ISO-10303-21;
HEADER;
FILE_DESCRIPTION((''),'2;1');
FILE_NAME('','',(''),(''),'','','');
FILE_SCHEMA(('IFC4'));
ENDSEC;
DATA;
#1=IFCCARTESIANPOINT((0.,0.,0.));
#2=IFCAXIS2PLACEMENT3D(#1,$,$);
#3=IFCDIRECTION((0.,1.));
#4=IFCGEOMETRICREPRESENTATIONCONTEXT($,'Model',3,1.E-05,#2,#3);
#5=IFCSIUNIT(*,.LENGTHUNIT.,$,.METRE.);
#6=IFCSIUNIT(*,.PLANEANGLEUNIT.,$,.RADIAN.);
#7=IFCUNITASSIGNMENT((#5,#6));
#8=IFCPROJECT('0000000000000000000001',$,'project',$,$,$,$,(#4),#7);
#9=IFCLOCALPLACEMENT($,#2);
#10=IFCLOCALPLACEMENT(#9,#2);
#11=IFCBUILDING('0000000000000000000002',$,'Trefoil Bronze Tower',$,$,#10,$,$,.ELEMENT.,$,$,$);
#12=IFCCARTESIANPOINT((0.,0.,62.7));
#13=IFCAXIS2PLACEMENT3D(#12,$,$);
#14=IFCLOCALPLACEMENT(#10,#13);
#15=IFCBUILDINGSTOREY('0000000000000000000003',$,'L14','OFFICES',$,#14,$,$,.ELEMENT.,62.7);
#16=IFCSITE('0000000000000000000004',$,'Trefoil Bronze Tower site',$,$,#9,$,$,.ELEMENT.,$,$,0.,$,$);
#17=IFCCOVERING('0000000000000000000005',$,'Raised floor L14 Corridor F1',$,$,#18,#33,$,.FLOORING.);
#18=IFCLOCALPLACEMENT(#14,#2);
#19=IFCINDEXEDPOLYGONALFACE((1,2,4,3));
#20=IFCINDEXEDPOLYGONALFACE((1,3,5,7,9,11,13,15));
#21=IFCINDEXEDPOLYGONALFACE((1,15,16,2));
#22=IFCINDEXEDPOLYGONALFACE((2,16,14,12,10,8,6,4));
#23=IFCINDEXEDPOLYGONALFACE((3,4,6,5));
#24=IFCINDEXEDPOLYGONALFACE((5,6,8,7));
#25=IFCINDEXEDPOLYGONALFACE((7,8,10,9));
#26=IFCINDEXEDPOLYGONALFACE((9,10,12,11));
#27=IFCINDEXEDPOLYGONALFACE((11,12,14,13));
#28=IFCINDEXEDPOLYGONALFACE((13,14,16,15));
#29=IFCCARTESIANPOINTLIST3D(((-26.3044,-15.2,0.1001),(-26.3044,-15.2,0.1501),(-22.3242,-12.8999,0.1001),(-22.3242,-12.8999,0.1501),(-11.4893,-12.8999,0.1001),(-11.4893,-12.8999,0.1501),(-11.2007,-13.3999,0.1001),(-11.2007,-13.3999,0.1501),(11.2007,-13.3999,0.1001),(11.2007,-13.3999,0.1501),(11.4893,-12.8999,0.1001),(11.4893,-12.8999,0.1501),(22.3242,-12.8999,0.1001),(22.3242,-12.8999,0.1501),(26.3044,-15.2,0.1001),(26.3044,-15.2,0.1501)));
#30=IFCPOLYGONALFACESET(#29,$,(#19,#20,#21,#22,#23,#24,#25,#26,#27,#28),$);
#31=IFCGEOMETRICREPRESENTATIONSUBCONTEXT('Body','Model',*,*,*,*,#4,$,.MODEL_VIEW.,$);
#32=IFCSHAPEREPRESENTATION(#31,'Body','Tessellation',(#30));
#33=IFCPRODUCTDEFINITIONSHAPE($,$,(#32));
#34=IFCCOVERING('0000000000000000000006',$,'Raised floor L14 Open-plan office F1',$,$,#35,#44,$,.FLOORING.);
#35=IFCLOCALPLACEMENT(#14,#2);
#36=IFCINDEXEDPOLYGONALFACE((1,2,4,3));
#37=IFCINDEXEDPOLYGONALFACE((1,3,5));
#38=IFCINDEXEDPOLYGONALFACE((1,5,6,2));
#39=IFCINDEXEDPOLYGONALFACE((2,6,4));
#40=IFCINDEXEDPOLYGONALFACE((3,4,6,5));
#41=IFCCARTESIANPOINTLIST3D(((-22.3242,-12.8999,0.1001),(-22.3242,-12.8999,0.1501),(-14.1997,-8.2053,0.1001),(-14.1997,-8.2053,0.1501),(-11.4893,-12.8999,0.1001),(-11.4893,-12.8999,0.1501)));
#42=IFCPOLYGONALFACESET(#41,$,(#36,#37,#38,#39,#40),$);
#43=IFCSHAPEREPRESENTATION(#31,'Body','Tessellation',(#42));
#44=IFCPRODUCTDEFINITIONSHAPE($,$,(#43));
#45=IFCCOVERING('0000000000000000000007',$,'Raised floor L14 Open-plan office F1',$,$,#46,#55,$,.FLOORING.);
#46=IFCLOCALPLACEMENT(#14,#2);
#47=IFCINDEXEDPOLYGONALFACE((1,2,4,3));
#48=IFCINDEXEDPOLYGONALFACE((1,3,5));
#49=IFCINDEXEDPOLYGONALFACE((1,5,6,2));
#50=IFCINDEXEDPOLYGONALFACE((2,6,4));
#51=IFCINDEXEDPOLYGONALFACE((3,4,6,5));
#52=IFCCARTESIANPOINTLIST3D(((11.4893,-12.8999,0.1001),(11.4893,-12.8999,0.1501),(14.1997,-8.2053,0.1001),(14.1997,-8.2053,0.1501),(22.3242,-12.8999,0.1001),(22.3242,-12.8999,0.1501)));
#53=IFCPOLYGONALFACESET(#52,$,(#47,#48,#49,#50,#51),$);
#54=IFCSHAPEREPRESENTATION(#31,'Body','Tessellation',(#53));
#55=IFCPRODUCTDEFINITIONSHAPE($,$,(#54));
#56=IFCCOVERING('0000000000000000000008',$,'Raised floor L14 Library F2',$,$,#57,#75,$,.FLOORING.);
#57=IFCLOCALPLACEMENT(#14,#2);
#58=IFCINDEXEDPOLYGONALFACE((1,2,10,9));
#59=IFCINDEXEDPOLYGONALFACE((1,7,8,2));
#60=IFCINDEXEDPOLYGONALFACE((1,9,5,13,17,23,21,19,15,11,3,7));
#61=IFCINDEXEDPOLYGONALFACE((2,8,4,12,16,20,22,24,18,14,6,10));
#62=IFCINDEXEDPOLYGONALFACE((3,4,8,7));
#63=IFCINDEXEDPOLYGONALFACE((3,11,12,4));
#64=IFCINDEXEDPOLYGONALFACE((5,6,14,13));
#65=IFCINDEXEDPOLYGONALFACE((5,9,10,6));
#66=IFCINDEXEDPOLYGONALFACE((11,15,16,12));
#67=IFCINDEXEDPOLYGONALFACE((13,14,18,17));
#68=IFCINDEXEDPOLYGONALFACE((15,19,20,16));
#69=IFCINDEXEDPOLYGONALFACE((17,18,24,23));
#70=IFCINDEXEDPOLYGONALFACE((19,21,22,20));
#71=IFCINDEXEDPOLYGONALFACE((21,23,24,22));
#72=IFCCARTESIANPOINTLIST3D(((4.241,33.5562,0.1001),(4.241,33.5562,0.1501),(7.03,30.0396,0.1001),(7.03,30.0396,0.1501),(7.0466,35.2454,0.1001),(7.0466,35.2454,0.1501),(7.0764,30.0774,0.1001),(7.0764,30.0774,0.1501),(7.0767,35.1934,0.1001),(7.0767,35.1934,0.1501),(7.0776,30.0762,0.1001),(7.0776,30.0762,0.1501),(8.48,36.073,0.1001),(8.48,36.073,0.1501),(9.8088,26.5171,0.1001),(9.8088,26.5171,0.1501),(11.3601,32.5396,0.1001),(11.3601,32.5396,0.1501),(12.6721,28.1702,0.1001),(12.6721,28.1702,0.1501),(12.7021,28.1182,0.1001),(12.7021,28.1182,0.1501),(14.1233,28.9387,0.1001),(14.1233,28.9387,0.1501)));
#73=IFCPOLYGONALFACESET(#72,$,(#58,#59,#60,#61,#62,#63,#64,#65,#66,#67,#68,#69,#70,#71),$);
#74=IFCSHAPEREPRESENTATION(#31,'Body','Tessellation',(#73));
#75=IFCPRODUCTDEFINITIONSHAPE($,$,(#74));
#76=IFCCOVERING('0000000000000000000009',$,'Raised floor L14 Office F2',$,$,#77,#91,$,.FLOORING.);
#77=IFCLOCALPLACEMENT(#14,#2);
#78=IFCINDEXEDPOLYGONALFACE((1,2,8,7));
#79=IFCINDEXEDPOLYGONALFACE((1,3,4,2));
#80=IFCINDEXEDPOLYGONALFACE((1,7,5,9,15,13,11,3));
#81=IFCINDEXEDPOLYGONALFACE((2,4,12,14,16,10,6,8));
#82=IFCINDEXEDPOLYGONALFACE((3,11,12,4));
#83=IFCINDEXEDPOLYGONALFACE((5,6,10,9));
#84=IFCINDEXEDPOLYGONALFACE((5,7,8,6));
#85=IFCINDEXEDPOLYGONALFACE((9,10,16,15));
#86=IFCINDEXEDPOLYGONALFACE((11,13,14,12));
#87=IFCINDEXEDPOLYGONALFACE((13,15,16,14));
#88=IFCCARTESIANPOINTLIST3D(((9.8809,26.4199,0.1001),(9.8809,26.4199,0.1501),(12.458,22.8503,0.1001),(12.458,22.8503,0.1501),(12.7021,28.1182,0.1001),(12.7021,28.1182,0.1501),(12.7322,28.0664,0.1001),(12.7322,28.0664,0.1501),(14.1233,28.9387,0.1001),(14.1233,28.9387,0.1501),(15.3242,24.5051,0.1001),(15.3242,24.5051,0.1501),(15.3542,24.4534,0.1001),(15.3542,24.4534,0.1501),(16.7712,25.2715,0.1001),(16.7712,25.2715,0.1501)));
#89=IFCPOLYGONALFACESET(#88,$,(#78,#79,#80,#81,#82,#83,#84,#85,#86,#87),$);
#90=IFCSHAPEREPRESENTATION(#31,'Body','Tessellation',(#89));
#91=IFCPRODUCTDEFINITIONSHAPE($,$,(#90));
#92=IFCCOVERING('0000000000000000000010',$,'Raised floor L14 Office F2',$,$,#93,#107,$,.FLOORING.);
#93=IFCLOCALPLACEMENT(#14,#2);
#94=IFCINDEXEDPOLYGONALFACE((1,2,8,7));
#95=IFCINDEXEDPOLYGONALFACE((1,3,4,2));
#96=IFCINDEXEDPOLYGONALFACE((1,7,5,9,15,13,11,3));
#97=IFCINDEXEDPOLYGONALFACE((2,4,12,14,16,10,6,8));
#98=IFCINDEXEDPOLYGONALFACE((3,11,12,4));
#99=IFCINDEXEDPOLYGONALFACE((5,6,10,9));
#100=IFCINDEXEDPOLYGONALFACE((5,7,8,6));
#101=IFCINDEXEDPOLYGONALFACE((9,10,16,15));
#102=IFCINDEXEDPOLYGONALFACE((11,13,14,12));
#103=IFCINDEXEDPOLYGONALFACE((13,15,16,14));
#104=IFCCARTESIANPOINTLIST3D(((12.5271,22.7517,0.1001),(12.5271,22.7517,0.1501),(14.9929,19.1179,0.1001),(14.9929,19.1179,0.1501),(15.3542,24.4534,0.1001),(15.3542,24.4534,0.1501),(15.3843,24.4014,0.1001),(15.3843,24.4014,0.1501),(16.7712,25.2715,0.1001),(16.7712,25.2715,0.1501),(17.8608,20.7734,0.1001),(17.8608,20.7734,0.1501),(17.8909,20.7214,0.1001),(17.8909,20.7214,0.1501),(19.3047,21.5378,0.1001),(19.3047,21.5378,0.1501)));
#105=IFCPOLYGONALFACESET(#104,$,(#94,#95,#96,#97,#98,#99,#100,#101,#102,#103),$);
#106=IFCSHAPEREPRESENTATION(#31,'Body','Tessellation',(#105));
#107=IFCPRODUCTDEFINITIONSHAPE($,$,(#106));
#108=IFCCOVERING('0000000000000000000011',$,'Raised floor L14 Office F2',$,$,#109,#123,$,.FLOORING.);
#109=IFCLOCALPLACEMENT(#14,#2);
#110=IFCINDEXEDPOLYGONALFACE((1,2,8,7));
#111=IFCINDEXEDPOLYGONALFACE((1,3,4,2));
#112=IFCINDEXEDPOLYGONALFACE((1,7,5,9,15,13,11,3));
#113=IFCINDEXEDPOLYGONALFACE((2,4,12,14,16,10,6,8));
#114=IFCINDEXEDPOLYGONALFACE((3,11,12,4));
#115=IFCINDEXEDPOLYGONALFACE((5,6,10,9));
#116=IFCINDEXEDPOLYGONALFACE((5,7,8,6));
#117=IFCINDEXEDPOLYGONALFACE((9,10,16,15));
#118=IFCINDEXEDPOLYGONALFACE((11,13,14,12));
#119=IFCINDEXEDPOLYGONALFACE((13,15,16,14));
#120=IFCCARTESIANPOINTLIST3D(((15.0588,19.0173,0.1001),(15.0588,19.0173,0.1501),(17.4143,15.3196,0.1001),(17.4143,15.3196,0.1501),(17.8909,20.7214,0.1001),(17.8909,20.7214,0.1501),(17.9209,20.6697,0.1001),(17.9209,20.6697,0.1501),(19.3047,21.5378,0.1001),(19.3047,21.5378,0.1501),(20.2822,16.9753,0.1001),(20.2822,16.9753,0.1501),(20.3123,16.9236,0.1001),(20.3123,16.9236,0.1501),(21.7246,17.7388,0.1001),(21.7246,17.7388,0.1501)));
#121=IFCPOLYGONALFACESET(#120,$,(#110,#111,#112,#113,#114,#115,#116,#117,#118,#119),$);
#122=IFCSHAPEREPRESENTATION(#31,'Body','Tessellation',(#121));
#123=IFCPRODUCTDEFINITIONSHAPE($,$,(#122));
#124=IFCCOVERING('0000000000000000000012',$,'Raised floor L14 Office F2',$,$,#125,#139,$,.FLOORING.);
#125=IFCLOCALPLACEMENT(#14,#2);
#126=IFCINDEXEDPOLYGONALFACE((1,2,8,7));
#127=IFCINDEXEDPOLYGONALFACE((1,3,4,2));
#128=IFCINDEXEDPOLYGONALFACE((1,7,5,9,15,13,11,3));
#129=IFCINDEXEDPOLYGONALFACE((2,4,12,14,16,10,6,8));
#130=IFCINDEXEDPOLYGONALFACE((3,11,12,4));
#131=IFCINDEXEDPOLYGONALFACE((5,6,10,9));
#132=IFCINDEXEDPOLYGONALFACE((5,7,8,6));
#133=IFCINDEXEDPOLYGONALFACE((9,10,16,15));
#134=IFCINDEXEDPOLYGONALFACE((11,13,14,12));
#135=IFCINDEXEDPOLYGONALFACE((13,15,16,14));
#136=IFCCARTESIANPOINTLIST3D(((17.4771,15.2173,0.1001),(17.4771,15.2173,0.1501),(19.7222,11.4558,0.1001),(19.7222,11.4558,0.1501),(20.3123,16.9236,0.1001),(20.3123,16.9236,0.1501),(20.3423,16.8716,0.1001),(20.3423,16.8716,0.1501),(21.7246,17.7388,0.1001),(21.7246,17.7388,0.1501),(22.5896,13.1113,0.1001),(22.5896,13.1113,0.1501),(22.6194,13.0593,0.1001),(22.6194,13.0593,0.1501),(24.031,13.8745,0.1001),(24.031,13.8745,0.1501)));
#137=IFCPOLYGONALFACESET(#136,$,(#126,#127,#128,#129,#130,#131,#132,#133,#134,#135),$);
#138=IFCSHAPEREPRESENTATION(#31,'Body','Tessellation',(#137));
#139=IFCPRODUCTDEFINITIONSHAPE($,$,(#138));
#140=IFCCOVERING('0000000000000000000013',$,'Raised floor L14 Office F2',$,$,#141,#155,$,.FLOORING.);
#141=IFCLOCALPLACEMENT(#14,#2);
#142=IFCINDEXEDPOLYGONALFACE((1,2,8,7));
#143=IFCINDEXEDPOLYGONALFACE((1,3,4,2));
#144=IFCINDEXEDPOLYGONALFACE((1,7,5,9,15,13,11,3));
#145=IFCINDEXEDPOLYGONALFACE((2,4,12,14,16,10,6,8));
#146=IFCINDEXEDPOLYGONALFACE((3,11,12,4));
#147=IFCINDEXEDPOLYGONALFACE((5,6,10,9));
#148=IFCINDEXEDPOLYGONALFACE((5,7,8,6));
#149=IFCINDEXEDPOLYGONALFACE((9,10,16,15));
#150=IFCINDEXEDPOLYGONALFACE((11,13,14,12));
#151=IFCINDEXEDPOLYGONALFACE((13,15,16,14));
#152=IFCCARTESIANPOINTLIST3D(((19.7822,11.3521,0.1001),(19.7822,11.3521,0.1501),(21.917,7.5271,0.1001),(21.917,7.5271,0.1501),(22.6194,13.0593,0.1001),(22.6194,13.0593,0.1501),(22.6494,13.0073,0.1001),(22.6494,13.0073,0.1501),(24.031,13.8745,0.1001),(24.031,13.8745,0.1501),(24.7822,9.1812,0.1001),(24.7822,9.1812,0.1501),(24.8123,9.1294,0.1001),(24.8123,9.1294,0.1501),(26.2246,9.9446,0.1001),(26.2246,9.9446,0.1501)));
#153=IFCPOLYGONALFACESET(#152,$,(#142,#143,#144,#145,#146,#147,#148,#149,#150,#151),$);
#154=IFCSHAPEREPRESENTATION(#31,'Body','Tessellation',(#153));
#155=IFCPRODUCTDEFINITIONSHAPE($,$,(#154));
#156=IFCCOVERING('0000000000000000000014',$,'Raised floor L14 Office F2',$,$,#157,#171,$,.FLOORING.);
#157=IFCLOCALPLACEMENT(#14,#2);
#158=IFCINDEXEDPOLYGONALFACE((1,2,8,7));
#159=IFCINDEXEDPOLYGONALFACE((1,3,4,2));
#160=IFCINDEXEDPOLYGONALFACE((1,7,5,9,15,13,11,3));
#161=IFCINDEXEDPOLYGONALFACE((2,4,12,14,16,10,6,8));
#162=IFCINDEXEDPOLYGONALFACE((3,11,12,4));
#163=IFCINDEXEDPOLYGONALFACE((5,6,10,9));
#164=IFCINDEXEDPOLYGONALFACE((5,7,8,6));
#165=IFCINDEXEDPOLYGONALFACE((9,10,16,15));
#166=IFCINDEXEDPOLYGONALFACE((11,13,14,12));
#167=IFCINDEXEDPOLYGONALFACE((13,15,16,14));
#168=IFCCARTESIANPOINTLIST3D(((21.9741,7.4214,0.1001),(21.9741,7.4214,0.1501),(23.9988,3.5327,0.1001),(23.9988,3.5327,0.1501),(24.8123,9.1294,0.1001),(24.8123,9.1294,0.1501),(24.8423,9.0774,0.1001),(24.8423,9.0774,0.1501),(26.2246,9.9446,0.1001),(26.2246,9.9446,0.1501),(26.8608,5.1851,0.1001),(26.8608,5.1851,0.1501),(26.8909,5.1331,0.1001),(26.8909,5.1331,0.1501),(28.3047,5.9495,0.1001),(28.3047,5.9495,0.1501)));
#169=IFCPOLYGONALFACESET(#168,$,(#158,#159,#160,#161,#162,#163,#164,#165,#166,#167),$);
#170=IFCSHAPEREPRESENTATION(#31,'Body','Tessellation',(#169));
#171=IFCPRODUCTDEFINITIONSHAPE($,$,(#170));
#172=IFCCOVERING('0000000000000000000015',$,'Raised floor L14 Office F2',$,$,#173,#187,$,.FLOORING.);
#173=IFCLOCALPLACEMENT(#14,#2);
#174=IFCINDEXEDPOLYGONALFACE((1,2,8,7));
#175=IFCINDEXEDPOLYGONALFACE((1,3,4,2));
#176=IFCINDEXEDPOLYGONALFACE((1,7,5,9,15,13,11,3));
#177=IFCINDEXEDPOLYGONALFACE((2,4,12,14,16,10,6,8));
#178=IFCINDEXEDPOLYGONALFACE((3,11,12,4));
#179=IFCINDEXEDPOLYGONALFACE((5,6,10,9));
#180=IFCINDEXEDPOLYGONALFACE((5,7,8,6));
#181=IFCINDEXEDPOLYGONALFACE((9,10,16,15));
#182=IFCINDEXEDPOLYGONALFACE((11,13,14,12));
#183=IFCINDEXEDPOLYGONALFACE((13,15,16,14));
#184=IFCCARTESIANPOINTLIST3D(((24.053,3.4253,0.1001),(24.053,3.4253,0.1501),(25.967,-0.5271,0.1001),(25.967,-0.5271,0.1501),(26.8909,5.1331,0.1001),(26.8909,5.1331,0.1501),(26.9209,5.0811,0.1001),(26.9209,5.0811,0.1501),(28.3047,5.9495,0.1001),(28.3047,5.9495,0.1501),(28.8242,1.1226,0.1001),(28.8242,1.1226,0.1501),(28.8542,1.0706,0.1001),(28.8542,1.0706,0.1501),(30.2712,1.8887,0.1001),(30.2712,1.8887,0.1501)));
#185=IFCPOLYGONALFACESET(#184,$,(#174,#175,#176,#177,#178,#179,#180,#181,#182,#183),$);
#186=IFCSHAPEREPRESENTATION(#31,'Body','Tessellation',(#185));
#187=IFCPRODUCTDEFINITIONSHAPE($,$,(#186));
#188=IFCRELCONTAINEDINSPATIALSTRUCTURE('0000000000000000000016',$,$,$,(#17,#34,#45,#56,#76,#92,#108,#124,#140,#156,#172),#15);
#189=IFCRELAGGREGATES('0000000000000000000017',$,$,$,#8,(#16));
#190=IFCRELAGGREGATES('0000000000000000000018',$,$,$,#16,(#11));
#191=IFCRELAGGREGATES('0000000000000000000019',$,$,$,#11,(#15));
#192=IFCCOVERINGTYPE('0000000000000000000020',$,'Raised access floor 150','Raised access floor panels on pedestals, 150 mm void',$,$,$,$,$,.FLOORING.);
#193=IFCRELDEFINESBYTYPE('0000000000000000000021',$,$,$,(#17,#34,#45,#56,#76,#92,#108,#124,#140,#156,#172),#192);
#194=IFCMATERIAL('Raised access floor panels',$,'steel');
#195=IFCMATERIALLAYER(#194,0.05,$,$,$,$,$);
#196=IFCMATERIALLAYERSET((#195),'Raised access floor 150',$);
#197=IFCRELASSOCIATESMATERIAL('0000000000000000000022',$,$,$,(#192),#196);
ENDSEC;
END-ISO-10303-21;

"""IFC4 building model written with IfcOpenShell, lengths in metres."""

from ifc_helpers import new_model, si_unit, direction, frame, origin, place, context, subcontext, project, spatial, polyline, outline, extrude, material, layer, layer_set, type_object, element, save


model = new_model("IFC4")

# Units and contexts
model_context = context("Model", 3, precision=1e-05, world=origin(), true_north=direction((0.0, 1.0)))
body_context = subcontext(model_context, "Body", "Model", "MODEL_VIEW")
ifc_project = project(units=[si_unit("LENGTHUNIT", "METRE"), si_unit("PLANEANGLEUNIT", "RADIAN")], contexts=[model_context])

# Site, building, storey
site_placement = place(None, origin())
site = spatial("IfcSite", under=ifc_project, at=site_placement, Name="Trefoil Bronze Tower site", CompositionType="ELEMENT", RefElevation=0.0)
building_placement = place(site_placement, origin())
building = spatial("IfcBuilding", under=site, at=building_placement, Name="Trefoil Bronze Tower", CompositionType="ELEMENT")
storey_placement = place(building_placement, frame((0.0, 0.0, 62.7)))
storey = spatial("IfcBuildingStorey", under=building, at=storey_placement, Name="L14", Description="OFFICES", CompositionType="ELEMENT", Elevation=62.7)

# Coverings
ifc_material_1 = material(Name="Raised access floor panels", Category="steel")
ifc_layer_1 = layer(ifc_material_1, 0.05)
ifc_layer_set_1 = layer_set([ifc_layer_1], Name="Raised access floor 150")
covering_type_1 = type_object("IfcCoveringType", Name="Raised access floor 150", Description="Raised access floor panels on pedestals, 150 mm void", PredefinedType="FLOORING", material=ifc_layer_set_1)
covering_1_placement = place(storey_placement, frame((0.0, 0.0, 0.1001)))
element("IfcCovering", 1, at=covering_1_placement, inside=storey, type_object=covering_type_1, Name="Raised floor L14 Corridor F1", PredefinedType="FLOORING", context=body_context, shape_type="SweptSolid", body=[
    extrude(outline(polyline([(-26.3044, -15.2), (-22.3242, -12.8999), (-11.4893, -12.8999), (-11.2007, -13.3999), (11.2007, -13.3999), (11.4893, -12.8999), (22.3242, -12.8999), (26.3044, -15.2), (-26.3044, -15.2)])), origin(), (0.0, 0.0, 1.0), 0.05),
])
covering_2_placement = place(storey_placement, frame((0.0, 0.0, 0.1001)))
element("IfcCovering", 2, at=covering_2_placement, inside=storey, type_object=covering_type_1, Name="Raised floor L14 Open-plan office F1", PredefinedType="FLOORING", context=body_context, shape_type="SweptSolid", body=[
    extrude(outline(polyline([(-22.3242, -12.8999), (-14.1997, -8.2053), (-11.4893, -12.8999), (-22.3242, -12.8999)])), origin(), (0.0, 0.0, 1.0), 0.05),
])
covering_3_placement = place(storey_placement, frame((0.0, 0.0, 0.1001)))
element("IfcCovering", 3, at=covering_3_placement, inside=storey, type_object=covering_type_1, Name="Raised floor L14 Open-plan office F1", PredefinedType="FLOORING", context=body_context, shape_type="SweptSolid", body=[
    extrude(outline(polyline([(14.1997, -8.2053), (22.3242, -12.8999), (11.4893, -12.8999), (14.1997, -8.2053)])), origin(), (0.0, 0.0, 1.0), 0.05),
])
covering_4_placement = place(storey_placement, frame((0.0, 0.0, 0.1001)))
element("IfcCovering", 4, at=covering_4_placement, inside=storey, type_object=covering_type_1, Name="Raised floor L14 Library F2", PredefinedType="FLOORING", context=body_context, shape_type="SweptSolid", body=[
    extrude(outline(polyline([(11.3601, 32.5396), (14.1233, 28.9387), (12.7021, 28.1182), (12.6721, 28.1702), (9.8088, 26.5171), (7.0776, 30.0762), (7.03, 30.0396), (7.0764, 30.0774), (4.241, 33.5562), (7.0767, 35.1934), (7.0466, 35.2454), (8.48, 36.073), (11.3601, 32.5396)])), origin(), (0.0, 0.0, 1.0), 0.05),
])
covering_5_placement = place(storey_placement, frame((0.0, 0.0, 0.1001)))
element("IfcCovering", 5, at=covering_5_placement, inside=storey, type_object=covering_type_1, Name="Raised floor L14 Office F2", PredefinedType="FLOORING", context=body_context, shape_type="SweptSolid", body=[
    extrude(outline(polyline([(16.7712, 25.2715), (15.3542, 24.4534), (15.3242, 24.5051), (12.458, 22.8503), (9.8809, 26.4199), (12.7322, 28.0664), (12.7021, 28.1182), (14.1233, 28.9387), (16.7712, 25.2715)])), origin(), (0.0, 0.0, 1.0), 0.05),
])
covering_6_placement = place(storey_placement, frame((0.0, 0.0, 0.1001)))
element("IfcCovering", 6, at=covering_6_placement, inside=storey, type_object=covering_type_1, Name="Raised floor L14 Office F2", PredefinedType="FLOORING", context=body_context, shape_type="SweptSolid", body=[
    extrude(outline(polyline([(16.7712, 25.2715), (19.3047, 21.5378), (17.8909, 20.7214), (17.8608, 20.7734), (14.9929, 19.1179), (12.5271, 22.7517), (15.3843, 24.4014), (15.3542, 24.4534), (16.7712, 25.2715)])), origin(), (0.0, 0.0, 1.0), 0.05),
])
covering_7_placement = place(storey_placement, frame((0.0, 0.0, 0.1001)))
element("IfcCovering", 7, at=covering_7_placement, inside=storey, type_object=covering_type_1, Name="Raised floor L14 Office F2", PredefinedType="FLOORING", context=body_context, shape_type="SweptSolid", body=[
    extrude(outline(polyline([(21.7246, 17.7388), (20.3123, 16.9236), (20.2822, 16.9753), (17.4143, 15.3196), (15.0588, 19.0173), (17.9209, 20.6697), (17.8909, 20.7214), (19.3047, 21.5378), (21.7246, 17.7388)])), origin(), (0.0, 0.0, 1.0), 0.05),
])
covering_8_placement = place(storey_placement, frame((0.0, 0.0, 0.1001)))
element("IfcCovering", 8, at=covering_8_placement, inside=storey, type_object=covering_type_1, Name="Raised floor L14 Office F2", PredefinedType="FLOORING", context=body_context, shape_type="SweptSolid", body=[
    extrude(outline(polyline([(21.7246, 17.7388), (24.031, 13.8745), (22.6194, 13.0593), (22.5896, 13.1113), (19.7222, 11.4558), (17.4771, 15.2173), (20.3423, 16.8716), (20.3123, 16.9236), (21.7246, 17.7388)])), origin(), (0.0, 0.0, 1.0), 0.05),
])
covering_9_placement = place(storey_placement, frame((0.0, 0.0, 0.1001)))
element("IfcCovering", 9, at=covering_9_placement, inside=storey, type_object=covering_type_1, Name="Raised floor L14 Office F2", PredefinedType="FLOORING", context=body_context, shape_type="SweptSolid", body=[
    extrude(outline(polyline([(24.031, 13.8745), (26.2246, 9.9446), (24.8123, 9.1294), (24.7822, 9.1812), (21.917, 7.5271), (19.7822, 11.3521), (22.6494, 13.0073), (22.6194, 13.0593), (24.031, 13.8745)])), origin(), (0.0, 0.0, 1.0), 0.05),
])
covering_10_placement = place(storey_placement, frame((0.0, 0.0, 0.1001)))
element("IfcCovering", 10, at=covering_10_placement, inside=storey, type_object=covering_type_1, Name="Raised floor L14 Office F2", PredefinedType="FLOORING", context=body_context, shape_type="SweptSolid", body=[
    extrude(outline(polyline([(26.2246, 9.9446), (28.3047, 5.9495), (26.8909, 5.1331), (26.8608, 5.1851), (23.9988, 3.5327), (21.9741, 7.4214), (24.8423, 9.0774), (24.8123, 9.1294), (26.2246, 9.9446)])), origin(), (0.0, 0.0, 1.0), 0.05),
])
covering_11_placement = place(storey_placement, frame((0.0, 0.0, 0.1001)))
element("IfcCovering", 11, at=covering_11_placement, inside=storey, type_object=covering_type_1, Name="Raised floor L14 Office F2", PredefinedType="FLOORING", context=body_context, shape_type="SweptSolid", body=[
    extrude(outline(polyline([(28.3047, 5.9495), (30.2712, 1.8887), (28.8542, 1.0706), (28.8242, 1.1226), (25.967, -0.5271), (24.053, 3.4253), (26.9209, 5.0811), (26.8909, 5.1331), (28.3047, 5.9495)])), origin(), (0.0, 0.0, 1.0), 0.05),
])

save(model, "model.ifc")
